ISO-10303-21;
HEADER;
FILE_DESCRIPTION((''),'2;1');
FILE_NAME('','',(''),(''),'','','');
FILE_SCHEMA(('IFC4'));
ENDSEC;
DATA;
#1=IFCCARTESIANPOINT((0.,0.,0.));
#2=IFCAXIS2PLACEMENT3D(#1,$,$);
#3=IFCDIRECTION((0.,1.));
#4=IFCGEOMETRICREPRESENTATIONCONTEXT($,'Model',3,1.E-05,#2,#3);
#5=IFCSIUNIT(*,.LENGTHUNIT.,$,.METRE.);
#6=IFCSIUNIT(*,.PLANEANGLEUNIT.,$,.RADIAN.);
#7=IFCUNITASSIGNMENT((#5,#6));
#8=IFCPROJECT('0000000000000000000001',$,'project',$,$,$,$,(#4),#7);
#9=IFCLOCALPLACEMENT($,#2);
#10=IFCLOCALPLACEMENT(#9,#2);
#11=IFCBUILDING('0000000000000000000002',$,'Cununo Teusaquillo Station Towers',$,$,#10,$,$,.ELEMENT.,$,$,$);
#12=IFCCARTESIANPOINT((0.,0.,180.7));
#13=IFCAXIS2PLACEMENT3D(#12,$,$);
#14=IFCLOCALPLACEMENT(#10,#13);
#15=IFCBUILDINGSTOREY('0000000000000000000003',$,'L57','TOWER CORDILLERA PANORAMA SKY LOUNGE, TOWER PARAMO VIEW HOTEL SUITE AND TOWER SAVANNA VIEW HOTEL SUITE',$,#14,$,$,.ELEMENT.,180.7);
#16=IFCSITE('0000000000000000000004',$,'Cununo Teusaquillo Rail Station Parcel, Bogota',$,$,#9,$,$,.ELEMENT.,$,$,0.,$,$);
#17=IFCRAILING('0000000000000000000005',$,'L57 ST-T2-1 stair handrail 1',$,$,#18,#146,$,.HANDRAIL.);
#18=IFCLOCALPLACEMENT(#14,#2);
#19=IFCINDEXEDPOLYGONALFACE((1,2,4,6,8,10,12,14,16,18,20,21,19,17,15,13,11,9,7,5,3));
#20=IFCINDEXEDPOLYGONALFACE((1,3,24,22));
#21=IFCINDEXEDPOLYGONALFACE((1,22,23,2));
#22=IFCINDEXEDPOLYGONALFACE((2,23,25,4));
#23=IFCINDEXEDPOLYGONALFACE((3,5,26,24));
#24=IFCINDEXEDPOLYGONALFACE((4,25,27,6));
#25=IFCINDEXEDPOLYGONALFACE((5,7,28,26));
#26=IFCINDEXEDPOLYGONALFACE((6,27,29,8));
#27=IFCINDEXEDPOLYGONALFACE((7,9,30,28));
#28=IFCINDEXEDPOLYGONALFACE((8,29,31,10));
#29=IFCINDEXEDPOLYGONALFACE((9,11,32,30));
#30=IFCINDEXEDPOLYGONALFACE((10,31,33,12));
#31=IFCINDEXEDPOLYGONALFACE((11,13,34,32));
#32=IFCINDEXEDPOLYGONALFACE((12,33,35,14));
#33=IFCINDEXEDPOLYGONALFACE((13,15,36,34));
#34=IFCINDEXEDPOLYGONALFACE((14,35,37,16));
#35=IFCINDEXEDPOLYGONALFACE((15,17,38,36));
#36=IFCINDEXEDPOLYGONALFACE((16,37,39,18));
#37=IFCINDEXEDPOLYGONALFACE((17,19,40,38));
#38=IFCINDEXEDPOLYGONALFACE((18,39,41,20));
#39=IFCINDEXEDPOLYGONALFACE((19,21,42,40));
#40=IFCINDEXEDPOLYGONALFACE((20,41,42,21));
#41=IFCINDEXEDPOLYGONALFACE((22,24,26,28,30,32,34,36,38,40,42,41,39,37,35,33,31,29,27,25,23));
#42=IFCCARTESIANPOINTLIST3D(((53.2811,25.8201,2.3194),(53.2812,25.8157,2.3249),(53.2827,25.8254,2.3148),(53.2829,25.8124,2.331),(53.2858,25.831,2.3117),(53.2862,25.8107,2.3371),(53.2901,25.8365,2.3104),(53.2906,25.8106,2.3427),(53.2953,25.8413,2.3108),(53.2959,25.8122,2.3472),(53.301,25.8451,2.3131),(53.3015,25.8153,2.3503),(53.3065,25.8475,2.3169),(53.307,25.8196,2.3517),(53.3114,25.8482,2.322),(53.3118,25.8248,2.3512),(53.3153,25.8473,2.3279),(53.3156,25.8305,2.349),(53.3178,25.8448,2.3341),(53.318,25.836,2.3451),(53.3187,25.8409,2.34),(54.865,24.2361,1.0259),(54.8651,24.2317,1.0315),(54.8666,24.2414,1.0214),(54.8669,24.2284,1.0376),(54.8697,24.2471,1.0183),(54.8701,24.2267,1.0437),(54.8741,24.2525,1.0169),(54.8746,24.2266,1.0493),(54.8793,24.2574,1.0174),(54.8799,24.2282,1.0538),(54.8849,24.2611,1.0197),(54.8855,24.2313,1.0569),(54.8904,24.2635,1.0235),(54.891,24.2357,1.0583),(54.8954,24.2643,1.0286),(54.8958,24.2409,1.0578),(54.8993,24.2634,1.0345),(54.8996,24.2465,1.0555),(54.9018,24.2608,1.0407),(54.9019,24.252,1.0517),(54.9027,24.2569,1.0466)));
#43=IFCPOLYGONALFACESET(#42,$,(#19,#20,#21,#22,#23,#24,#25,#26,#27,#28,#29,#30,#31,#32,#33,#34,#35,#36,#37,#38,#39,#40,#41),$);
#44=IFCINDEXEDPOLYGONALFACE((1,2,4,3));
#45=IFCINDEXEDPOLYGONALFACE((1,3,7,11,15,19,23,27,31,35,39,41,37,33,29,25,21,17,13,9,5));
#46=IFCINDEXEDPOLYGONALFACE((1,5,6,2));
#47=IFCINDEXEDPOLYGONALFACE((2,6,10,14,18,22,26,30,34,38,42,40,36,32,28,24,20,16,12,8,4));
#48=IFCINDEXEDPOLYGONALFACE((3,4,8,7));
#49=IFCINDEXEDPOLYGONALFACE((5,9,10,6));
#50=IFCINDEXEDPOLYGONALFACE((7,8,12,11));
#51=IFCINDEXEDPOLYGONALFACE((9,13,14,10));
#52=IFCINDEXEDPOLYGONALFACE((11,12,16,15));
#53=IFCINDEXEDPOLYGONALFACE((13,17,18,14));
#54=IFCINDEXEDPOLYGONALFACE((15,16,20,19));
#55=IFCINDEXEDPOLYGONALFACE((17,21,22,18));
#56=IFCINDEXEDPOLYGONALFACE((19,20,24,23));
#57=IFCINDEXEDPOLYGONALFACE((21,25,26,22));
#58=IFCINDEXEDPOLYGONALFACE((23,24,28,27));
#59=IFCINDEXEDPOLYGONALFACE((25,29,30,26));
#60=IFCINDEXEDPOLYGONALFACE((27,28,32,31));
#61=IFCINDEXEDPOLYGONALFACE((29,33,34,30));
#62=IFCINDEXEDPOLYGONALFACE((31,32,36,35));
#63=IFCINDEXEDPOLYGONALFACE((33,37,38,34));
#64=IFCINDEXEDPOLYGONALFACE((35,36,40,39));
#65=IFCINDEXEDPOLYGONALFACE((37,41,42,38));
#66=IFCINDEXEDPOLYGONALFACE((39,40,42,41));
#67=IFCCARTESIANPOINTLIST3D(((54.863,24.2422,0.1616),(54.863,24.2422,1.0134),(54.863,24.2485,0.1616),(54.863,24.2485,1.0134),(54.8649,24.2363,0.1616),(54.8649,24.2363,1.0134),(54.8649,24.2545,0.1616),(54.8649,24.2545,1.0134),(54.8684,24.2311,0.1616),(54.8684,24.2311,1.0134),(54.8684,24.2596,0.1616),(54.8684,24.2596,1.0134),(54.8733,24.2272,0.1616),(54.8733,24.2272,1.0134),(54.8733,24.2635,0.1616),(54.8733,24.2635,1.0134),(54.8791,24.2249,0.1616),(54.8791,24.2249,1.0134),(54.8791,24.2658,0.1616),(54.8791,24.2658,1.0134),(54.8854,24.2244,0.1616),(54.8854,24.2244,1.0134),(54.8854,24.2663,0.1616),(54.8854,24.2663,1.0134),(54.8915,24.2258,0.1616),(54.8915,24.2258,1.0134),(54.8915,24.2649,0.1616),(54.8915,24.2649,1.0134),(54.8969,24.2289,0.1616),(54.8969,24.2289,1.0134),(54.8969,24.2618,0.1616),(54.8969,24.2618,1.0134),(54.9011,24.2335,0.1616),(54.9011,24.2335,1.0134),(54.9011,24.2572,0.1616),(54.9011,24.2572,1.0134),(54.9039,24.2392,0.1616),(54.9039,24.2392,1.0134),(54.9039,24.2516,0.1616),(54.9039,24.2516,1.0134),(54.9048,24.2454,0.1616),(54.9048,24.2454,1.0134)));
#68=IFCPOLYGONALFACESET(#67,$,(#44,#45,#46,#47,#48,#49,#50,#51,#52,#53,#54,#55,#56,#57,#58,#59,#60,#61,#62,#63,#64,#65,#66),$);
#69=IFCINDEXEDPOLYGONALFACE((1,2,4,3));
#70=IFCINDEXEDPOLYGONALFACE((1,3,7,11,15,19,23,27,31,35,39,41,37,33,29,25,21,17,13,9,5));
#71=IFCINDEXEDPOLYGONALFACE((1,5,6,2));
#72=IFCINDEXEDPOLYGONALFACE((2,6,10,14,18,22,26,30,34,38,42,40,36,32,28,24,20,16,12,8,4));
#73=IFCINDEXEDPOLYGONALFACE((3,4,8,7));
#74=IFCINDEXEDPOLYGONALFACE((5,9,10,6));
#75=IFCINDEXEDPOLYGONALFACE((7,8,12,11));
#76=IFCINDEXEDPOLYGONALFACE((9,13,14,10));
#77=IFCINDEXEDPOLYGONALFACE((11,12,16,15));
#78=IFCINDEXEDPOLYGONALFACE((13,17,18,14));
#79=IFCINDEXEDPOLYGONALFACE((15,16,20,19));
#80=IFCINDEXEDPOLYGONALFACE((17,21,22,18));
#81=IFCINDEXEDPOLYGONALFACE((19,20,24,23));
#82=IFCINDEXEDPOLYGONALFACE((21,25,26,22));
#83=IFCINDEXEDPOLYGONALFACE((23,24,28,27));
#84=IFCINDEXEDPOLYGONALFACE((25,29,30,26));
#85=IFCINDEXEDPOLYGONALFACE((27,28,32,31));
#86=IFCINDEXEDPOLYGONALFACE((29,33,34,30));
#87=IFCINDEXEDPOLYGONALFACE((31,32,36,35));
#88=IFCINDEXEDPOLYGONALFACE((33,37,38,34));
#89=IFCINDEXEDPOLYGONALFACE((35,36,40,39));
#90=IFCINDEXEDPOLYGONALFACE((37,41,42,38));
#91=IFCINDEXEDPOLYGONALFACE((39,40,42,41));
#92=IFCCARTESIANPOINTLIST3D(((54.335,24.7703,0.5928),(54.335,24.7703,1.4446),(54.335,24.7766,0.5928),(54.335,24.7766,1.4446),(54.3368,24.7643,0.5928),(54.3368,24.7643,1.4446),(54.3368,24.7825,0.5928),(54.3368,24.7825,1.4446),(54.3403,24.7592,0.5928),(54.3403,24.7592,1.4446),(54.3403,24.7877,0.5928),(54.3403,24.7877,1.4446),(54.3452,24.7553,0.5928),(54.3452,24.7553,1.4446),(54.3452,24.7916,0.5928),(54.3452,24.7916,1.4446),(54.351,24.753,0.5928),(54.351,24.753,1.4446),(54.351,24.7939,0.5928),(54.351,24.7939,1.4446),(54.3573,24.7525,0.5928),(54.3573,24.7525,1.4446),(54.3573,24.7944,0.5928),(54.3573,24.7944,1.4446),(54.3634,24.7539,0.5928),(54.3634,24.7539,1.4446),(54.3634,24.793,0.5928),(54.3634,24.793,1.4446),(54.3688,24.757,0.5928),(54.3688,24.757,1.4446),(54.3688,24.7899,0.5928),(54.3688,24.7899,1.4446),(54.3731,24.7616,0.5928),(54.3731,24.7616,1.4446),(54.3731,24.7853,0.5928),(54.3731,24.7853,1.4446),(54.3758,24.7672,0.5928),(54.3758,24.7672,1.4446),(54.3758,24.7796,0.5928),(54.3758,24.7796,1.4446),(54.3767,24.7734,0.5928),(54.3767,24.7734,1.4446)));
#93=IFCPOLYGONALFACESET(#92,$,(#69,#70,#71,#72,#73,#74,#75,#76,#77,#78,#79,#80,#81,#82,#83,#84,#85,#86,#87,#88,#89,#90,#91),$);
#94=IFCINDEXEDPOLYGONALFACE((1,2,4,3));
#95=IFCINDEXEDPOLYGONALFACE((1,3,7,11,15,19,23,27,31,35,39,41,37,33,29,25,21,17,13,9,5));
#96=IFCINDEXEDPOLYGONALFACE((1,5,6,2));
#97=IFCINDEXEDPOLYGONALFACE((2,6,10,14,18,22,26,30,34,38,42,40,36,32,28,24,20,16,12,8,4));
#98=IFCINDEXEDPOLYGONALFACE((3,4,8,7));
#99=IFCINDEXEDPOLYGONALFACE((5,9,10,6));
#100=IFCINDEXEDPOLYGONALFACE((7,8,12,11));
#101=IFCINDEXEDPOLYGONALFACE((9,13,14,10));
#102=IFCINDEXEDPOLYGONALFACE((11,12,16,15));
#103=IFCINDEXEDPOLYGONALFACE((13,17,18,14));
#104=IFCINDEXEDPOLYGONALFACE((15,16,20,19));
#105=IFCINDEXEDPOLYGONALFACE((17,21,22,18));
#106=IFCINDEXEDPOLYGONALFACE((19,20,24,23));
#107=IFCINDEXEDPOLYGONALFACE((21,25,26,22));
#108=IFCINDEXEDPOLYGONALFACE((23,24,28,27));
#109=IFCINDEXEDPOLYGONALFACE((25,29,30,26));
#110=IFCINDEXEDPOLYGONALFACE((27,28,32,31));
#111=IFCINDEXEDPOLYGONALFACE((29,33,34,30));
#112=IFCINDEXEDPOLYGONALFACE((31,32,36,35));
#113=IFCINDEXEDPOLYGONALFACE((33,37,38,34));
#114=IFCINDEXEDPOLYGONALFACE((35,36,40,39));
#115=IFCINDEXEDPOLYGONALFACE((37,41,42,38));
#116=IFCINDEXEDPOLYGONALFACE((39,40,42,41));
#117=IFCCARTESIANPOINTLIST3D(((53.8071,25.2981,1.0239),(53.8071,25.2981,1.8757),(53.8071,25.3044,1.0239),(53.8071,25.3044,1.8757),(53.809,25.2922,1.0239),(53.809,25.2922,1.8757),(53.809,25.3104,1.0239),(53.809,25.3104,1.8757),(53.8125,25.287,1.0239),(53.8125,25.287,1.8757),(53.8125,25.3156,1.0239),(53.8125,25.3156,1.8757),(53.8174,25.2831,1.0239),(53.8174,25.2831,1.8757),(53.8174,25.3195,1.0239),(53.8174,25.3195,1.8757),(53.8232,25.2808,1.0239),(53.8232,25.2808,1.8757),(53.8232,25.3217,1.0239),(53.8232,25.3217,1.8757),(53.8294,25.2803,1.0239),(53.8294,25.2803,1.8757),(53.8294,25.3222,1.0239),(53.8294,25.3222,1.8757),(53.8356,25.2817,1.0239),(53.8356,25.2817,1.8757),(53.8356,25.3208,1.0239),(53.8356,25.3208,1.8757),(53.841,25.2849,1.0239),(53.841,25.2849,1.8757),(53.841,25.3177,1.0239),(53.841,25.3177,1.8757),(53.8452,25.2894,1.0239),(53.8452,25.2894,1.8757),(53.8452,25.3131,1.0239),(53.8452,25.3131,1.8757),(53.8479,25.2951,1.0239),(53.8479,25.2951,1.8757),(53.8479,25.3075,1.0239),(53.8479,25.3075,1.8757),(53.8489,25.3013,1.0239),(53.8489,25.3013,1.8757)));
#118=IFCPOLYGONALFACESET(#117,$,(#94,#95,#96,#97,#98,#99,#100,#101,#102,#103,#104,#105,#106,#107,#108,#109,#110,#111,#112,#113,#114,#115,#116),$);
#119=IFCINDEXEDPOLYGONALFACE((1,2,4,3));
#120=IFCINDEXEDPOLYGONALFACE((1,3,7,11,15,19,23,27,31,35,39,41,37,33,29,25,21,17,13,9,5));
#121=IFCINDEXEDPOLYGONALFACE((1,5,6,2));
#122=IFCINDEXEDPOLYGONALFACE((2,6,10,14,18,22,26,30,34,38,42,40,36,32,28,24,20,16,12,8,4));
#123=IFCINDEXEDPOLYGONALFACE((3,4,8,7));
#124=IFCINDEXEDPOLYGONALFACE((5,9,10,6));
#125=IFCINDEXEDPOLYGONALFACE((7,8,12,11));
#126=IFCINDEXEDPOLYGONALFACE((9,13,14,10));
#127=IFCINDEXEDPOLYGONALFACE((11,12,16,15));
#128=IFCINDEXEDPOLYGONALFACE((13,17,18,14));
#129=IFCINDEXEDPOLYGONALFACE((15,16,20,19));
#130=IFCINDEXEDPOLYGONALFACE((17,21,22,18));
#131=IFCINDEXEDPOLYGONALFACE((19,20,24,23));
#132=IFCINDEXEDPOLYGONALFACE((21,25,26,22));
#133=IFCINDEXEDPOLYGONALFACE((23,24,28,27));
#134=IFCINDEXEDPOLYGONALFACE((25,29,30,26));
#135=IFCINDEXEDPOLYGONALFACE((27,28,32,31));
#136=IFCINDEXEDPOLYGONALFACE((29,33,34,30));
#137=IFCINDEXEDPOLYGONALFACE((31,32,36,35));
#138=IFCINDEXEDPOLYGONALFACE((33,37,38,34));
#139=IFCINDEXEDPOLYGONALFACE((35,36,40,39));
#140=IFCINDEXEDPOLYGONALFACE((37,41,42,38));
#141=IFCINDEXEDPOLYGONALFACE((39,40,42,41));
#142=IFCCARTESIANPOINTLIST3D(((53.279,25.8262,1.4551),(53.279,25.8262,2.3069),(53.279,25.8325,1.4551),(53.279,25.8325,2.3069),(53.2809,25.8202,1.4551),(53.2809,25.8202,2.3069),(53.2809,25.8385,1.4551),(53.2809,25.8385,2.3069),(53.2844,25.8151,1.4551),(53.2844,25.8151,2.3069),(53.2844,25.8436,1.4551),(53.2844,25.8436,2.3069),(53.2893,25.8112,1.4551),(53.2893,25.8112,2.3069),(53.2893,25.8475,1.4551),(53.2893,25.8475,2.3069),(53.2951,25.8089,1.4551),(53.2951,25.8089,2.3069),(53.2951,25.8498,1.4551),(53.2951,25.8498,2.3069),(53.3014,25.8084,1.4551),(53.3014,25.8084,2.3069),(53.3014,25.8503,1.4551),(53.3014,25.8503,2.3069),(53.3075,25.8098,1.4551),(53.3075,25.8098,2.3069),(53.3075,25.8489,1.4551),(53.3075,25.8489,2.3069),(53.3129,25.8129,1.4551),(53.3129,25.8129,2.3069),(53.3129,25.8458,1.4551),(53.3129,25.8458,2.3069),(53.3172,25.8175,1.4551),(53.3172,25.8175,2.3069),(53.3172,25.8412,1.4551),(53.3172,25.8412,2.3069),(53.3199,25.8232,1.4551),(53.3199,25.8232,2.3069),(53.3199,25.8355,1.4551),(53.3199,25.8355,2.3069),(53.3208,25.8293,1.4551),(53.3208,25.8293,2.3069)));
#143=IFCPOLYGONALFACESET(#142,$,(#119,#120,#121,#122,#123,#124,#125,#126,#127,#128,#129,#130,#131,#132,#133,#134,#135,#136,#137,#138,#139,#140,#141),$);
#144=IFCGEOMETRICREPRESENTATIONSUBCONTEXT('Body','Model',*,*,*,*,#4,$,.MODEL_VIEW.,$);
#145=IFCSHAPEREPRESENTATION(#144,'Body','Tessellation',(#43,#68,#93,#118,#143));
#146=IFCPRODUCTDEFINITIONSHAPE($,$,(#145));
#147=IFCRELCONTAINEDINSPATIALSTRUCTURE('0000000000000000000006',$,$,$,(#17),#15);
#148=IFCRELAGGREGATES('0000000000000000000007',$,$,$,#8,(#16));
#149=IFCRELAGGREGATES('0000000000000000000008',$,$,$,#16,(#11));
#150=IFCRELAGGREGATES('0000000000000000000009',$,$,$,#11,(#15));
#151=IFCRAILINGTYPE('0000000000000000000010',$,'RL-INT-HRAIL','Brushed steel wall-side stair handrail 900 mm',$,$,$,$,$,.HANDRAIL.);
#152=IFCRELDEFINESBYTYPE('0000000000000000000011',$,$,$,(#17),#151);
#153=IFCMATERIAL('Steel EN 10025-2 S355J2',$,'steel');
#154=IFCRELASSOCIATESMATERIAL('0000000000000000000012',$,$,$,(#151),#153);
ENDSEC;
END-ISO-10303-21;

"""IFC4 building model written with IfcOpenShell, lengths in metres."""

from ifc_helpers import new_model, si_unit, direction, frame, origin, origin_2d, place, context, subcontext, project, spatial, circle, extrude, material, type_object, element, save


model = new_model("IFC4")

# Units and contexts
model_context = context("Model", 3, precision=1e-05, world=origin(), true_north=direction((0.0, 1.0)))
body_context = subcontext(model_context, "Body", "Model", "MODEL_VIEW")
ifc_project = project(units=[si_unit("LENGTHUNIT", "METRE"), si_unit("PLANEANGLEUNIT", "RADIAN")], contexts=[model_context])

# Site, building, storey
site_placement = place(None, origin())
site = spatial("IfcSite", under=ifc_project, at=site_placement, Name="Cununo Teusaquillo Rail Station Parcel, Bogota", CompositionType="ELEMENT", RefElevation=0.0)
building_placement = place(site_placement, origin())
building = spatial("IfcBuilding", under=site, at=building_placement, Name="Cununo Teusaquillo Station Towers", CompositionType="ELEMENT")
storey_placement = place(building_placement, frame((0.0, 0.0, 180.7)))
storey = spatial("IfcBuildingStorey", under=building, at=storey_placement, Name="L57", Description="TOWER CORDILLERA PANORAMA SKY LOUNGE, TOWER PARAMO VIEW HOTEL SUITE AND TOWER SAVANNA VIEW HOTEL SUITE", CompositionType="ELEMENT", Elevation=180.7)

# Railing
ifc_material_1 = material(Name="Steel EN 10025-2 S355J2", Category="steel")
railing_type_1 = type_object("IfcRailingType", Name="RL-INT-HRAIL", Description="Brushed steel wall-side stair handrail 900 mm", PredefinedType="HANDRAIL", material=ifc_material_1)
railing_1_placement = place(storey_placement, frame((54.8838, 24.2454, 0.1616)))
element("IfcRailing", 1, at=railing_1_placement, inside=storey, type_object=railing_type_1, Name="L57 ST-T2-1 stair handrail 1", PredefinedType="HANDRAIL", context=body_context, shape_type="SweptSolid", body=[
    extrude(circle(Radius=0.0239, at=origin_2d()), frame((0.0, 0.0, 0.876), z_axis=(-0.612356, 0.612356, 0.50004), x_axis=(-0.707107, -0.707107, 0.0)), (0.0, 0.0, 1.0), 2.5867),
    extrude(circle(Radius=0.021, at=origin_2d()), origin(), (0.0, 0.0, 1.0), 0.8518),
    extrude(circle(Radius=0.021, at=origin_2d()), frame((-0.5281, 0.5281, 0.4312)), (0.0, 0.0, 1.0), 0.8518),
    extrude(circle(Radius=0.021, at=origin_2d()), frame((-1.0559, 1.0559, 0.8623)), (0.0, 0.0, 1.0), 0.8518),
    extrude(circle(Radius=0.021, at=origin_2d()), frame((-1.584, 1.584, 1.2935)), (0.0, 0.0, 1.0), 0.8518),
])

save(model, "model.ifc")
